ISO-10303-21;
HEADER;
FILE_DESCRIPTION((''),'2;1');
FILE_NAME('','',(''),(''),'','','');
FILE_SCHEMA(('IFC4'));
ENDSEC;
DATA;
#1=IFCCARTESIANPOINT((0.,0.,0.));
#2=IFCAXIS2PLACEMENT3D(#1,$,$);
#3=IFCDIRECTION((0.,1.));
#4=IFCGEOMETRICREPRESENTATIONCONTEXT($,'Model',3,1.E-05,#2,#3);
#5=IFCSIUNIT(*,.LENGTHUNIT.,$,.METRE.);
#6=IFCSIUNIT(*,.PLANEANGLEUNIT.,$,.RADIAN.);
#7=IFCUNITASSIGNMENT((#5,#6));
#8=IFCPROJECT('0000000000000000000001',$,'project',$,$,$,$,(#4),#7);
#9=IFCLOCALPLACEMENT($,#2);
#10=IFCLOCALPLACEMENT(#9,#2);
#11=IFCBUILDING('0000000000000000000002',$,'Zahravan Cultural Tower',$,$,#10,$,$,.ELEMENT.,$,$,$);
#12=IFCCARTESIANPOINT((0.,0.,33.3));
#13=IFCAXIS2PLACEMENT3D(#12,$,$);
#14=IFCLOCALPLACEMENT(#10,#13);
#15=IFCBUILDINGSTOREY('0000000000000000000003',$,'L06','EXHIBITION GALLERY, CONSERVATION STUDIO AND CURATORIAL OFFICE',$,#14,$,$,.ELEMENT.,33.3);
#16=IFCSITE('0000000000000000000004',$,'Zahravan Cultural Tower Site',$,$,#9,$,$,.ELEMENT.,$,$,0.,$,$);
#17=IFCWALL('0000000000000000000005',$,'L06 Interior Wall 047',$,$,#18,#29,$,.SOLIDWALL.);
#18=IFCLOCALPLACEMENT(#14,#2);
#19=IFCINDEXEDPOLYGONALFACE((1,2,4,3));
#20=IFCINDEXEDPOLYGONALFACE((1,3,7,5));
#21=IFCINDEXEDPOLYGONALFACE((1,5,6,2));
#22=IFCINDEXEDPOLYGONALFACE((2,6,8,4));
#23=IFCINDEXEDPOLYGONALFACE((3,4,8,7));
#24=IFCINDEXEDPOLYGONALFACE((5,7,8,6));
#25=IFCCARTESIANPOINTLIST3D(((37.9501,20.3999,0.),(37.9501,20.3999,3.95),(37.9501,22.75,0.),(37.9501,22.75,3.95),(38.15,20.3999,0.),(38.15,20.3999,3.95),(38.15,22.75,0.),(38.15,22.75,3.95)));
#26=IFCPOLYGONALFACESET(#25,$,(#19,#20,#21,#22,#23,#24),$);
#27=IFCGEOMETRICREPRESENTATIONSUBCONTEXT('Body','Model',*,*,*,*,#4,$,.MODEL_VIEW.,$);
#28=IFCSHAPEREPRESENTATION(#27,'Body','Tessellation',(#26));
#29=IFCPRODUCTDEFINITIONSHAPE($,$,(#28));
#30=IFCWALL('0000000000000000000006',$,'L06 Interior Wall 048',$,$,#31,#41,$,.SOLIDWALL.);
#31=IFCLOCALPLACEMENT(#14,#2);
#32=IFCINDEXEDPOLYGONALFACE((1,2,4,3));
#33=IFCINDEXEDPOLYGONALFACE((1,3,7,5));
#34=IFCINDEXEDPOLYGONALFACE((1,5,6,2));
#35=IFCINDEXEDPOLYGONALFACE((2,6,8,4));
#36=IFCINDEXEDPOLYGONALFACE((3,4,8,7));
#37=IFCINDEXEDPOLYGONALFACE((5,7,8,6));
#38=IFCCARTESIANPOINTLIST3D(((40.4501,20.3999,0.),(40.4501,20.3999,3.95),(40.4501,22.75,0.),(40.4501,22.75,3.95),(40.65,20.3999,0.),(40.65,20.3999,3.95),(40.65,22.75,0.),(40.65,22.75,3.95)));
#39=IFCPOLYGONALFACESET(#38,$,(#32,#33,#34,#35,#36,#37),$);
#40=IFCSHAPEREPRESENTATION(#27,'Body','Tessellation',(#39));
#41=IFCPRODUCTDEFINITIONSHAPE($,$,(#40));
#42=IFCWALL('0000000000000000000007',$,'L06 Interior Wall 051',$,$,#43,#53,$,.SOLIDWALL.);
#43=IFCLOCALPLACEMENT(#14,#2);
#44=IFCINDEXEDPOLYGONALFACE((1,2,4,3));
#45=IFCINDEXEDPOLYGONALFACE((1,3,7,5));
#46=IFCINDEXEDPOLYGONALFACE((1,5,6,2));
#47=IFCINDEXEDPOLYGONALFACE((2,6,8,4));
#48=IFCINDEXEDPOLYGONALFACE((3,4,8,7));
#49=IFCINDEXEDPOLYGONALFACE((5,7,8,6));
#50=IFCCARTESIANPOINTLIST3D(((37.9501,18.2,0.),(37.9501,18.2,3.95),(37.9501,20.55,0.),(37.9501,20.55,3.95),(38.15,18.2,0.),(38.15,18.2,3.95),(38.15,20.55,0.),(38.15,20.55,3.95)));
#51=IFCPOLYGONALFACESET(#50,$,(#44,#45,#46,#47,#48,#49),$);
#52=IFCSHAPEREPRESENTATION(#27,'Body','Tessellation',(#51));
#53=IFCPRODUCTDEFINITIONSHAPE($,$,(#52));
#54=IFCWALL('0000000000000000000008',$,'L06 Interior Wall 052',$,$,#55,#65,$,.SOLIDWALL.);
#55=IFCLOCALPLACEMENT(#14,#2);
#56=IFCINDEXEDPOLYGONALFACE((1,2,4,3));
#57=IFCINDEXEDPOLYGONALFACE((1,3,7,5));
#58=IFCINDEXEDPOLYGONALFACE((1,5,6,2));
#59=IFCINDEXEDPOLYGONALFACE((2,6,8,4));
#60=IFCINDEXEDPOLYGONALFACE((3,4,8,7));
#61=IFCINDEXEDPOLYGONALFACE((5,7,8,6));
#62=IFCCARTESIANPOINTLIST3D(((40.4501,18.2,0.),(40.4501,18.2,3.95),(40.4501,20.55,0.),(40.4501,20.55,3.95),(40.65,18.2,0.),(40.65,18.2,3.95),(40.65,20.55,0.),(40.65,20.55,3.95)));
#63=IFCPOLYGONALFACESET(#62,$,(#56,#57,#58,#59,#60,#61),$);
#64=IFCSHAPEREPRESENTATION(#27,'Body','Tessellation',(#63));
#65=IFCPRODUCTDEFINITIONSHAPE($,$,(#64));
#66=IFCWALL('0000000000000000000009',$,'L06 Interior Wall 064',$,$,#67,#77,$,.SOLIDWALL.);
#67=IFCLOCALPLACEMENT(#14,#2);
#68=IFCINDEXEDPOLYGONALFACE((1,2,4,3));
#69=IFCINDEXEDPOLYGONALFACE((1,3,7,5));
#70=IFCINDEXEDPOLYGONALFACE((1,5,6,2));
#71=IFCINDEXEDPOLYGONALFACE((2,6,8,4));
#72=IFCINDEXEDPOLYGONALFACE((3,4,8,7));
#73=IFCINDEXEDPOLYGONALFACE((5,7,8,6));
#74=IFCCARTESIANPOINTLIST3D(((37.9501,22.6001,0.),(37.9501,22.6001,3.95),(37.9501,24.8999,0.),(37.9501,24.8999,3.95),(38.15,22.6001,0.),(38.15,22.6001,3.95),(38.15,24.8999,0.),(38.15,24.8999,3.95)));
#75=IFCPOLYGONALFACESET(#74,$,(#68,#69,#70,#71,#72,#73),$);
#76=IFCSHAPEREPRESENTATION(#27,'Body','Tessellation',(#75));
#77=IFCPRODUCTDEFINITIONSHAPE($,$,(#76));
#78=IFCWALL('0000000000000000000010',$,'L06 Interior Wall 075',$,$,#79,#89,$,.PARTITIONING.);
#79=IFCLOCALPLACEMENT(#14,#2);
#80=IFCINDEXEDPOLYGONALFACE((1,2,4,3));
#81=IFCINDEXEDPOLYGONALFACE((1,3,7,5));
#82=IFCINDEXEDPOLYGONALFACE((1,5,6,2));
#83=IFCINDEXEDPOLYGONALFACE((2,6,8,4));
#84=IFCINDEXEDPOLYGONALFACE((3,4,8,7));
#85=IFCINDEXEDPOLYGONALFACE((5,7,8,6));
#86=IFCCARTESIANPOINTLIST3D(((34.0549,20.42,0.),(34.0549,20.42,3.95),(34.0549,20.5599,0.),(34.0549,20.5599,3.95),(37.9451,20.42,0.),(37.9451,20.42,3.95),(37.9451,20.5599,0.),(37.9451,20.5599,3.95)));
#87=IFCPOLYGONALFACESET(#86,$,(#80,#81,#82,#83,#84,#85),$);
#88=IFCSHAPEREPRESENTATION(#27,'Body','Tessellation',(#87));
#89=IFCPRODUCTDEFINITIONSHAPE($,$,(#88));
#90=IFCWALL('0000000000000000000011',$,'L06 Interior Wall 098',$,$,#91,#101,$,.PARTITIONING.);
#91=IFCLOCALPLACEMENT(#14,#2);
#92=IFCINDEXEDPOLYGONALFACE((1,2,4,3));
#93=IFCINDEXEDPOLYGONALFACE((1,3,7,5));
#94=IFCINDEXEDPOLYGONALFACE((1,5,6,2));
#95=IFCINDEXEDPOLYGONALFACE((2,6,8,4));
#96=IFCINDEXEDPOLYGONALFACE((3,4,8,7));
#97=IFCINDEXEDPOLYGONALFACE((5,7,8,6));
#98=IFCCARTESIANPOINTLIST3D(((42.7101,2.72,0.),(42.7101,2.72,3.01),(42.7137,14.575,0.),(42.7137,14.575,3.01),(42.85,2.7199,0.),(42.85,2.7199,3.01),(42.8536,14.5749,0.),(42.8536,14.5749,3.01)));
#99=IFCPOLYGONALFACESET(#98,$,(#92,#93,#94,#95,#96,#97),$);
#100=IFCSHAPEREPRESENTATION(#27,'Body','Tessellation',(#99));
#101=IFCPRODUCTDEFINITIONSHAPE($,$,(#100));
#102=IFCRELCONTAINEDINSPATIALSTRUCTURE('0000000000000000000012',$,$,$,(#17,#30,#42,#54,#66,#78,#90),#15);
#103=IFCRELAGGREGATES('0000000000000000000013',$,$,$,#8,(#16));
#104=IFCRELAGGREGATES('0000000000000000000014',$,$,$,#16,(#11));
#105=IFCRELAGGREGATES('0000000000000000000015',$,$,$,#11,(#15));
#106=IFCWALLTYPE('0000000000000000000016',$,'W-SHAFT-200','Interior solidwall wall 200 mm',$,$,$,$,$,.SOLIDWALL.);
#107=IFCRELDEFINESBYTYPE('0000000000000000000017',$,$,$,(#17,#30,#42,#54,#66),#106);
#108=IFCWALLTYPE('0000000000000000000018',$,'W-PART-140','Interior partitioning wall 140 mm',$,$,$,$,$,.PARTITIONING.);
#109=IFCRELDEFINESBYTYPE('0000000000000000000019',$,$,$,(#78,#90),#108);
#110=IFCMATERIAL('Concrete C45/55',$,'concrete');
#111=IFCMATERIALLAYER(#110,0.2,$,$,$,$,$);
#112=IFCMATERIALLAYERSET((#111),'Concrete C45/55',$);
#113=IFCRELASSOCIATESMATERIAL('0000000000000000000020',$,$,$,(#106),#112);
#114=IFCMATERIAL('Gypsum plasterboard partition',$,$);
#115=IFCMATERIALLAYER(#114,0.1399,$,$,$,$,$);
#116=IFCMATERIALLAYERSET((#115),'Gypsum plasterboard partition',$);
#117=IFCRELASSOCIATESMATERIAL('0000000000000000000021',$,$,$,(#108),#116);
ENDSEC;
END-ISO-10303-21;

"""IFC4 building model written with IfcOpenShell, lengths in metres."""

from ifc_helpers import new_model, si_unit, direction, frame, frame_2d, origin, place, context, subcontext, project, spatial, rectangle, extrude, source, transform, mapped, material, layer, layer_set, type_object, element, save


model = new_model("IFC4")

# Units and contexts
model_context = context("Model", 3, precision=1e-05, world=origin(), true_north=direction((0.0, 1.0)))
body_context = subcontext(model_context, "Body", "Model", "MODEL_VIEW")
ifc_project = project(units=[si_unit("LENGTHUNIT", "METRE"), si_unit("PLANEANGLEUNIT", "RADIAN")], contexts=[model_context])

# Site, building, storey
site_placement = place(None, origin())
site = spatial("IfcSite", under=ifc_project, at=site_placement, Name="Zahravan Cultural Tower Site", CompositionType="ELEMENT", RefElevation=0.0)
building_placement = place(site_placement, origin())
building = spatial("IfcBuilding", under=site, at=building_placement, Name="Zahravan Cultural Tower", CompositionType="ELEMENT")
storey_placement = place(building_placement, frame((0.0, 0.0, 33.3)))
storey = spatial("IfcBuildingStorey", under=building, at=storey_placement, Name="L06", Description="EXHIBITION GALLERY, CONSERVATION STUDIO AND CURATORIAL OFFICE", CompositionType="ELEMENT", Elevation=33.3)

# Shared definitions
ifc_material_1 = material(Name="Concrete C45/55", Category="concrete")
ifc_layer_1 = layer(ifc_material_1, 0.2)
ifc_layer_set_1 = layer_set([ifc_layer_1], Name="Concrete C45/55")
wall_type_1 = type_object("IfcWallType", Name="W-SHAFT-200", Description="Interior solidwall wall 200 mm", PredefinedType="SOLIDWALL", material=ifc_layer_set_1)

# Walls
shared_shape_1 = source(origin(), body_context, "Body", "SweptSolid", [
    extrude(rectangle(XDim=2.3501, YDim=0.2, at=frame_2d((1.175, 0.0))), origin(), (0.0, 0.0, 1.0), 3.95),
])
for number, where, z_axis, x_axis, name in (
    (1, (38.05, 20.3999, 0.0), (0.0, 0.0, 1.0), (0.0, 1.0, 0.0), "L06 Interior Wall 047"),
    (2, (40.55, 20.3999, 0.0), (0.0, 0.0, 1.0), (0.0, 1.0, 0.0), "L06 Interior Wall 048"),
    (3, (38.05, 18.2, 0.0), (0.0, 0.0, 1.0), (0.0, 1.0, 0.0), "L06 Interior Wall 051"),
    (4, (40.55, 18.2, 0.0), (0.0, 0.0, 1.0), (0.0, 1.0, 0.0), "L06 Interior Wall 052"),
):
    element("IfcWall", number, at=place(storey_placement, frame(where, z_axis=z_axis, x_axis=x_axis)), inside=storey, type_object=wall_type_1, Name=name, PredefinedType="SOLIDWALL", context=body_context, shape_type="MappedRepresentation", body=[
        mapped(shared_shape_1, transform((0.0, 0.0, 0.0), x_axis=(1.0, 0.0, 0.0), y_axis=(0.0, 1.0, 0.0), z_axis=(0.0, 0.0, 1.0), scale=1.0)),
    ])
shared_shape_2 = source(origin(), body_context, "Body", "SweptSolid", [
    extrude(rectangle(XDim=2.2998, YDim=0.2, at=frame_2d((1.1499, 0.0))), origin(), (0.0, 0.0, 1.0), 3.95),
])
wall_1_placement = place(storey_placement, frame((38.05, 22.6001, 0.0), z_axis=(0.0, 0.0, 1.0), x_axis=(0.0, 1.0, 0.0)))
element("IfcWall", 5, at=wall_1_placement, inside=storey, type_object=wall_type_1, Name="L06 Interior Wall 064", PredefinedType="SOLIDWALL", context=body_context, shape_type="MappedRepresentation", body=[
    mapped(shared_shape_2, transform((0.0, 0.0, 0.0), x_axis=(1.0, 0.0, 0.0), y_axis=(0.0, 1.0, 0.0), z_axis=(0.0, 0.0, 1.0), scale=1.0)),
])
ifc_material_2 = material(Name="Gypsum plasterboard partition")
ifc_layer_2 = layer(ifc_material_2, 0.1399)
ifc_layer_set_2 = layer_set([ifc_layer_2], Name="Gypsum plasterboard partition")
wall_type_2 = type_object("IfcWallType", Name="W-PART-140", Description="Interior partitioning wall 140 mm", PredefinedType="PARTITIONING", material=ifc_layer_set_2)
shared_shape_3 = source(origin(), body_context, "Body", "SweptSolid", [
    extrude(rectangle(XDim=3.8901, YDim=0.1399, at=frame_2d((1.9451, 0.0))), origin(), (0.0, 0.0, 1.0), 3.95),
])
wall_2_placement = place(storey_placement, frame((37.9451, 20.49, 0.0), z_axis=(0.0, 0.0, 1.0), x_axis=(-1.0, 0.0, 0.0)))
element("IfcWall", 6, at=wall_2_placement, inside=storey, type_object=wall_type_2, Name="L06 Interior Wall 075", PredefinedType="PARTITIONING", context=body_context, shape_type="MappedRepresentation", body=[
    mapped(shared_shape_3, transform((0.0, 0.0, 0.0), x_axis=(1.0, 0.0, 0.0), y_axis=(0.0, 1.0, 0.0), z_axis=(0.0, 0.0, 1.0), scale=1.0)),
])
shared_shape_4 = source(origin(), body_context, "Body", "SweptSolid", [
    extrude(rectangle(XDim=11.855, YDim=0.1399, at=frame_2d((5.9275, 0.0))), origin(), (0.0, 0.0, 1.0), 3.01),
])
wall_3_placement = place(storey_placement, frame((42.7837, 14.575, 0.0), z_axis=(0.0, 0.0, 1.0), x_axis=(-0.000309, -1.0, 0.0)))
element("IfcWall", 7, at=wall_3_placement, inside=storey, type_object=wall_type_2, Name="L06 Interior Wall 098", PredefinedType="PARTITIONING", context=body_context, shape_type="MappedRepresentation", body=[
    mapped(shared_shape_4, transform((0.0, 0.0, 0.0), x_axis=(1.0, 0.0, 0.0), y_axis=(0.0, 1.0, 0.0), z_axis=(0.0, 0.0, 1.0), scale=1.0)),
])

save(model, "model.ifc")
